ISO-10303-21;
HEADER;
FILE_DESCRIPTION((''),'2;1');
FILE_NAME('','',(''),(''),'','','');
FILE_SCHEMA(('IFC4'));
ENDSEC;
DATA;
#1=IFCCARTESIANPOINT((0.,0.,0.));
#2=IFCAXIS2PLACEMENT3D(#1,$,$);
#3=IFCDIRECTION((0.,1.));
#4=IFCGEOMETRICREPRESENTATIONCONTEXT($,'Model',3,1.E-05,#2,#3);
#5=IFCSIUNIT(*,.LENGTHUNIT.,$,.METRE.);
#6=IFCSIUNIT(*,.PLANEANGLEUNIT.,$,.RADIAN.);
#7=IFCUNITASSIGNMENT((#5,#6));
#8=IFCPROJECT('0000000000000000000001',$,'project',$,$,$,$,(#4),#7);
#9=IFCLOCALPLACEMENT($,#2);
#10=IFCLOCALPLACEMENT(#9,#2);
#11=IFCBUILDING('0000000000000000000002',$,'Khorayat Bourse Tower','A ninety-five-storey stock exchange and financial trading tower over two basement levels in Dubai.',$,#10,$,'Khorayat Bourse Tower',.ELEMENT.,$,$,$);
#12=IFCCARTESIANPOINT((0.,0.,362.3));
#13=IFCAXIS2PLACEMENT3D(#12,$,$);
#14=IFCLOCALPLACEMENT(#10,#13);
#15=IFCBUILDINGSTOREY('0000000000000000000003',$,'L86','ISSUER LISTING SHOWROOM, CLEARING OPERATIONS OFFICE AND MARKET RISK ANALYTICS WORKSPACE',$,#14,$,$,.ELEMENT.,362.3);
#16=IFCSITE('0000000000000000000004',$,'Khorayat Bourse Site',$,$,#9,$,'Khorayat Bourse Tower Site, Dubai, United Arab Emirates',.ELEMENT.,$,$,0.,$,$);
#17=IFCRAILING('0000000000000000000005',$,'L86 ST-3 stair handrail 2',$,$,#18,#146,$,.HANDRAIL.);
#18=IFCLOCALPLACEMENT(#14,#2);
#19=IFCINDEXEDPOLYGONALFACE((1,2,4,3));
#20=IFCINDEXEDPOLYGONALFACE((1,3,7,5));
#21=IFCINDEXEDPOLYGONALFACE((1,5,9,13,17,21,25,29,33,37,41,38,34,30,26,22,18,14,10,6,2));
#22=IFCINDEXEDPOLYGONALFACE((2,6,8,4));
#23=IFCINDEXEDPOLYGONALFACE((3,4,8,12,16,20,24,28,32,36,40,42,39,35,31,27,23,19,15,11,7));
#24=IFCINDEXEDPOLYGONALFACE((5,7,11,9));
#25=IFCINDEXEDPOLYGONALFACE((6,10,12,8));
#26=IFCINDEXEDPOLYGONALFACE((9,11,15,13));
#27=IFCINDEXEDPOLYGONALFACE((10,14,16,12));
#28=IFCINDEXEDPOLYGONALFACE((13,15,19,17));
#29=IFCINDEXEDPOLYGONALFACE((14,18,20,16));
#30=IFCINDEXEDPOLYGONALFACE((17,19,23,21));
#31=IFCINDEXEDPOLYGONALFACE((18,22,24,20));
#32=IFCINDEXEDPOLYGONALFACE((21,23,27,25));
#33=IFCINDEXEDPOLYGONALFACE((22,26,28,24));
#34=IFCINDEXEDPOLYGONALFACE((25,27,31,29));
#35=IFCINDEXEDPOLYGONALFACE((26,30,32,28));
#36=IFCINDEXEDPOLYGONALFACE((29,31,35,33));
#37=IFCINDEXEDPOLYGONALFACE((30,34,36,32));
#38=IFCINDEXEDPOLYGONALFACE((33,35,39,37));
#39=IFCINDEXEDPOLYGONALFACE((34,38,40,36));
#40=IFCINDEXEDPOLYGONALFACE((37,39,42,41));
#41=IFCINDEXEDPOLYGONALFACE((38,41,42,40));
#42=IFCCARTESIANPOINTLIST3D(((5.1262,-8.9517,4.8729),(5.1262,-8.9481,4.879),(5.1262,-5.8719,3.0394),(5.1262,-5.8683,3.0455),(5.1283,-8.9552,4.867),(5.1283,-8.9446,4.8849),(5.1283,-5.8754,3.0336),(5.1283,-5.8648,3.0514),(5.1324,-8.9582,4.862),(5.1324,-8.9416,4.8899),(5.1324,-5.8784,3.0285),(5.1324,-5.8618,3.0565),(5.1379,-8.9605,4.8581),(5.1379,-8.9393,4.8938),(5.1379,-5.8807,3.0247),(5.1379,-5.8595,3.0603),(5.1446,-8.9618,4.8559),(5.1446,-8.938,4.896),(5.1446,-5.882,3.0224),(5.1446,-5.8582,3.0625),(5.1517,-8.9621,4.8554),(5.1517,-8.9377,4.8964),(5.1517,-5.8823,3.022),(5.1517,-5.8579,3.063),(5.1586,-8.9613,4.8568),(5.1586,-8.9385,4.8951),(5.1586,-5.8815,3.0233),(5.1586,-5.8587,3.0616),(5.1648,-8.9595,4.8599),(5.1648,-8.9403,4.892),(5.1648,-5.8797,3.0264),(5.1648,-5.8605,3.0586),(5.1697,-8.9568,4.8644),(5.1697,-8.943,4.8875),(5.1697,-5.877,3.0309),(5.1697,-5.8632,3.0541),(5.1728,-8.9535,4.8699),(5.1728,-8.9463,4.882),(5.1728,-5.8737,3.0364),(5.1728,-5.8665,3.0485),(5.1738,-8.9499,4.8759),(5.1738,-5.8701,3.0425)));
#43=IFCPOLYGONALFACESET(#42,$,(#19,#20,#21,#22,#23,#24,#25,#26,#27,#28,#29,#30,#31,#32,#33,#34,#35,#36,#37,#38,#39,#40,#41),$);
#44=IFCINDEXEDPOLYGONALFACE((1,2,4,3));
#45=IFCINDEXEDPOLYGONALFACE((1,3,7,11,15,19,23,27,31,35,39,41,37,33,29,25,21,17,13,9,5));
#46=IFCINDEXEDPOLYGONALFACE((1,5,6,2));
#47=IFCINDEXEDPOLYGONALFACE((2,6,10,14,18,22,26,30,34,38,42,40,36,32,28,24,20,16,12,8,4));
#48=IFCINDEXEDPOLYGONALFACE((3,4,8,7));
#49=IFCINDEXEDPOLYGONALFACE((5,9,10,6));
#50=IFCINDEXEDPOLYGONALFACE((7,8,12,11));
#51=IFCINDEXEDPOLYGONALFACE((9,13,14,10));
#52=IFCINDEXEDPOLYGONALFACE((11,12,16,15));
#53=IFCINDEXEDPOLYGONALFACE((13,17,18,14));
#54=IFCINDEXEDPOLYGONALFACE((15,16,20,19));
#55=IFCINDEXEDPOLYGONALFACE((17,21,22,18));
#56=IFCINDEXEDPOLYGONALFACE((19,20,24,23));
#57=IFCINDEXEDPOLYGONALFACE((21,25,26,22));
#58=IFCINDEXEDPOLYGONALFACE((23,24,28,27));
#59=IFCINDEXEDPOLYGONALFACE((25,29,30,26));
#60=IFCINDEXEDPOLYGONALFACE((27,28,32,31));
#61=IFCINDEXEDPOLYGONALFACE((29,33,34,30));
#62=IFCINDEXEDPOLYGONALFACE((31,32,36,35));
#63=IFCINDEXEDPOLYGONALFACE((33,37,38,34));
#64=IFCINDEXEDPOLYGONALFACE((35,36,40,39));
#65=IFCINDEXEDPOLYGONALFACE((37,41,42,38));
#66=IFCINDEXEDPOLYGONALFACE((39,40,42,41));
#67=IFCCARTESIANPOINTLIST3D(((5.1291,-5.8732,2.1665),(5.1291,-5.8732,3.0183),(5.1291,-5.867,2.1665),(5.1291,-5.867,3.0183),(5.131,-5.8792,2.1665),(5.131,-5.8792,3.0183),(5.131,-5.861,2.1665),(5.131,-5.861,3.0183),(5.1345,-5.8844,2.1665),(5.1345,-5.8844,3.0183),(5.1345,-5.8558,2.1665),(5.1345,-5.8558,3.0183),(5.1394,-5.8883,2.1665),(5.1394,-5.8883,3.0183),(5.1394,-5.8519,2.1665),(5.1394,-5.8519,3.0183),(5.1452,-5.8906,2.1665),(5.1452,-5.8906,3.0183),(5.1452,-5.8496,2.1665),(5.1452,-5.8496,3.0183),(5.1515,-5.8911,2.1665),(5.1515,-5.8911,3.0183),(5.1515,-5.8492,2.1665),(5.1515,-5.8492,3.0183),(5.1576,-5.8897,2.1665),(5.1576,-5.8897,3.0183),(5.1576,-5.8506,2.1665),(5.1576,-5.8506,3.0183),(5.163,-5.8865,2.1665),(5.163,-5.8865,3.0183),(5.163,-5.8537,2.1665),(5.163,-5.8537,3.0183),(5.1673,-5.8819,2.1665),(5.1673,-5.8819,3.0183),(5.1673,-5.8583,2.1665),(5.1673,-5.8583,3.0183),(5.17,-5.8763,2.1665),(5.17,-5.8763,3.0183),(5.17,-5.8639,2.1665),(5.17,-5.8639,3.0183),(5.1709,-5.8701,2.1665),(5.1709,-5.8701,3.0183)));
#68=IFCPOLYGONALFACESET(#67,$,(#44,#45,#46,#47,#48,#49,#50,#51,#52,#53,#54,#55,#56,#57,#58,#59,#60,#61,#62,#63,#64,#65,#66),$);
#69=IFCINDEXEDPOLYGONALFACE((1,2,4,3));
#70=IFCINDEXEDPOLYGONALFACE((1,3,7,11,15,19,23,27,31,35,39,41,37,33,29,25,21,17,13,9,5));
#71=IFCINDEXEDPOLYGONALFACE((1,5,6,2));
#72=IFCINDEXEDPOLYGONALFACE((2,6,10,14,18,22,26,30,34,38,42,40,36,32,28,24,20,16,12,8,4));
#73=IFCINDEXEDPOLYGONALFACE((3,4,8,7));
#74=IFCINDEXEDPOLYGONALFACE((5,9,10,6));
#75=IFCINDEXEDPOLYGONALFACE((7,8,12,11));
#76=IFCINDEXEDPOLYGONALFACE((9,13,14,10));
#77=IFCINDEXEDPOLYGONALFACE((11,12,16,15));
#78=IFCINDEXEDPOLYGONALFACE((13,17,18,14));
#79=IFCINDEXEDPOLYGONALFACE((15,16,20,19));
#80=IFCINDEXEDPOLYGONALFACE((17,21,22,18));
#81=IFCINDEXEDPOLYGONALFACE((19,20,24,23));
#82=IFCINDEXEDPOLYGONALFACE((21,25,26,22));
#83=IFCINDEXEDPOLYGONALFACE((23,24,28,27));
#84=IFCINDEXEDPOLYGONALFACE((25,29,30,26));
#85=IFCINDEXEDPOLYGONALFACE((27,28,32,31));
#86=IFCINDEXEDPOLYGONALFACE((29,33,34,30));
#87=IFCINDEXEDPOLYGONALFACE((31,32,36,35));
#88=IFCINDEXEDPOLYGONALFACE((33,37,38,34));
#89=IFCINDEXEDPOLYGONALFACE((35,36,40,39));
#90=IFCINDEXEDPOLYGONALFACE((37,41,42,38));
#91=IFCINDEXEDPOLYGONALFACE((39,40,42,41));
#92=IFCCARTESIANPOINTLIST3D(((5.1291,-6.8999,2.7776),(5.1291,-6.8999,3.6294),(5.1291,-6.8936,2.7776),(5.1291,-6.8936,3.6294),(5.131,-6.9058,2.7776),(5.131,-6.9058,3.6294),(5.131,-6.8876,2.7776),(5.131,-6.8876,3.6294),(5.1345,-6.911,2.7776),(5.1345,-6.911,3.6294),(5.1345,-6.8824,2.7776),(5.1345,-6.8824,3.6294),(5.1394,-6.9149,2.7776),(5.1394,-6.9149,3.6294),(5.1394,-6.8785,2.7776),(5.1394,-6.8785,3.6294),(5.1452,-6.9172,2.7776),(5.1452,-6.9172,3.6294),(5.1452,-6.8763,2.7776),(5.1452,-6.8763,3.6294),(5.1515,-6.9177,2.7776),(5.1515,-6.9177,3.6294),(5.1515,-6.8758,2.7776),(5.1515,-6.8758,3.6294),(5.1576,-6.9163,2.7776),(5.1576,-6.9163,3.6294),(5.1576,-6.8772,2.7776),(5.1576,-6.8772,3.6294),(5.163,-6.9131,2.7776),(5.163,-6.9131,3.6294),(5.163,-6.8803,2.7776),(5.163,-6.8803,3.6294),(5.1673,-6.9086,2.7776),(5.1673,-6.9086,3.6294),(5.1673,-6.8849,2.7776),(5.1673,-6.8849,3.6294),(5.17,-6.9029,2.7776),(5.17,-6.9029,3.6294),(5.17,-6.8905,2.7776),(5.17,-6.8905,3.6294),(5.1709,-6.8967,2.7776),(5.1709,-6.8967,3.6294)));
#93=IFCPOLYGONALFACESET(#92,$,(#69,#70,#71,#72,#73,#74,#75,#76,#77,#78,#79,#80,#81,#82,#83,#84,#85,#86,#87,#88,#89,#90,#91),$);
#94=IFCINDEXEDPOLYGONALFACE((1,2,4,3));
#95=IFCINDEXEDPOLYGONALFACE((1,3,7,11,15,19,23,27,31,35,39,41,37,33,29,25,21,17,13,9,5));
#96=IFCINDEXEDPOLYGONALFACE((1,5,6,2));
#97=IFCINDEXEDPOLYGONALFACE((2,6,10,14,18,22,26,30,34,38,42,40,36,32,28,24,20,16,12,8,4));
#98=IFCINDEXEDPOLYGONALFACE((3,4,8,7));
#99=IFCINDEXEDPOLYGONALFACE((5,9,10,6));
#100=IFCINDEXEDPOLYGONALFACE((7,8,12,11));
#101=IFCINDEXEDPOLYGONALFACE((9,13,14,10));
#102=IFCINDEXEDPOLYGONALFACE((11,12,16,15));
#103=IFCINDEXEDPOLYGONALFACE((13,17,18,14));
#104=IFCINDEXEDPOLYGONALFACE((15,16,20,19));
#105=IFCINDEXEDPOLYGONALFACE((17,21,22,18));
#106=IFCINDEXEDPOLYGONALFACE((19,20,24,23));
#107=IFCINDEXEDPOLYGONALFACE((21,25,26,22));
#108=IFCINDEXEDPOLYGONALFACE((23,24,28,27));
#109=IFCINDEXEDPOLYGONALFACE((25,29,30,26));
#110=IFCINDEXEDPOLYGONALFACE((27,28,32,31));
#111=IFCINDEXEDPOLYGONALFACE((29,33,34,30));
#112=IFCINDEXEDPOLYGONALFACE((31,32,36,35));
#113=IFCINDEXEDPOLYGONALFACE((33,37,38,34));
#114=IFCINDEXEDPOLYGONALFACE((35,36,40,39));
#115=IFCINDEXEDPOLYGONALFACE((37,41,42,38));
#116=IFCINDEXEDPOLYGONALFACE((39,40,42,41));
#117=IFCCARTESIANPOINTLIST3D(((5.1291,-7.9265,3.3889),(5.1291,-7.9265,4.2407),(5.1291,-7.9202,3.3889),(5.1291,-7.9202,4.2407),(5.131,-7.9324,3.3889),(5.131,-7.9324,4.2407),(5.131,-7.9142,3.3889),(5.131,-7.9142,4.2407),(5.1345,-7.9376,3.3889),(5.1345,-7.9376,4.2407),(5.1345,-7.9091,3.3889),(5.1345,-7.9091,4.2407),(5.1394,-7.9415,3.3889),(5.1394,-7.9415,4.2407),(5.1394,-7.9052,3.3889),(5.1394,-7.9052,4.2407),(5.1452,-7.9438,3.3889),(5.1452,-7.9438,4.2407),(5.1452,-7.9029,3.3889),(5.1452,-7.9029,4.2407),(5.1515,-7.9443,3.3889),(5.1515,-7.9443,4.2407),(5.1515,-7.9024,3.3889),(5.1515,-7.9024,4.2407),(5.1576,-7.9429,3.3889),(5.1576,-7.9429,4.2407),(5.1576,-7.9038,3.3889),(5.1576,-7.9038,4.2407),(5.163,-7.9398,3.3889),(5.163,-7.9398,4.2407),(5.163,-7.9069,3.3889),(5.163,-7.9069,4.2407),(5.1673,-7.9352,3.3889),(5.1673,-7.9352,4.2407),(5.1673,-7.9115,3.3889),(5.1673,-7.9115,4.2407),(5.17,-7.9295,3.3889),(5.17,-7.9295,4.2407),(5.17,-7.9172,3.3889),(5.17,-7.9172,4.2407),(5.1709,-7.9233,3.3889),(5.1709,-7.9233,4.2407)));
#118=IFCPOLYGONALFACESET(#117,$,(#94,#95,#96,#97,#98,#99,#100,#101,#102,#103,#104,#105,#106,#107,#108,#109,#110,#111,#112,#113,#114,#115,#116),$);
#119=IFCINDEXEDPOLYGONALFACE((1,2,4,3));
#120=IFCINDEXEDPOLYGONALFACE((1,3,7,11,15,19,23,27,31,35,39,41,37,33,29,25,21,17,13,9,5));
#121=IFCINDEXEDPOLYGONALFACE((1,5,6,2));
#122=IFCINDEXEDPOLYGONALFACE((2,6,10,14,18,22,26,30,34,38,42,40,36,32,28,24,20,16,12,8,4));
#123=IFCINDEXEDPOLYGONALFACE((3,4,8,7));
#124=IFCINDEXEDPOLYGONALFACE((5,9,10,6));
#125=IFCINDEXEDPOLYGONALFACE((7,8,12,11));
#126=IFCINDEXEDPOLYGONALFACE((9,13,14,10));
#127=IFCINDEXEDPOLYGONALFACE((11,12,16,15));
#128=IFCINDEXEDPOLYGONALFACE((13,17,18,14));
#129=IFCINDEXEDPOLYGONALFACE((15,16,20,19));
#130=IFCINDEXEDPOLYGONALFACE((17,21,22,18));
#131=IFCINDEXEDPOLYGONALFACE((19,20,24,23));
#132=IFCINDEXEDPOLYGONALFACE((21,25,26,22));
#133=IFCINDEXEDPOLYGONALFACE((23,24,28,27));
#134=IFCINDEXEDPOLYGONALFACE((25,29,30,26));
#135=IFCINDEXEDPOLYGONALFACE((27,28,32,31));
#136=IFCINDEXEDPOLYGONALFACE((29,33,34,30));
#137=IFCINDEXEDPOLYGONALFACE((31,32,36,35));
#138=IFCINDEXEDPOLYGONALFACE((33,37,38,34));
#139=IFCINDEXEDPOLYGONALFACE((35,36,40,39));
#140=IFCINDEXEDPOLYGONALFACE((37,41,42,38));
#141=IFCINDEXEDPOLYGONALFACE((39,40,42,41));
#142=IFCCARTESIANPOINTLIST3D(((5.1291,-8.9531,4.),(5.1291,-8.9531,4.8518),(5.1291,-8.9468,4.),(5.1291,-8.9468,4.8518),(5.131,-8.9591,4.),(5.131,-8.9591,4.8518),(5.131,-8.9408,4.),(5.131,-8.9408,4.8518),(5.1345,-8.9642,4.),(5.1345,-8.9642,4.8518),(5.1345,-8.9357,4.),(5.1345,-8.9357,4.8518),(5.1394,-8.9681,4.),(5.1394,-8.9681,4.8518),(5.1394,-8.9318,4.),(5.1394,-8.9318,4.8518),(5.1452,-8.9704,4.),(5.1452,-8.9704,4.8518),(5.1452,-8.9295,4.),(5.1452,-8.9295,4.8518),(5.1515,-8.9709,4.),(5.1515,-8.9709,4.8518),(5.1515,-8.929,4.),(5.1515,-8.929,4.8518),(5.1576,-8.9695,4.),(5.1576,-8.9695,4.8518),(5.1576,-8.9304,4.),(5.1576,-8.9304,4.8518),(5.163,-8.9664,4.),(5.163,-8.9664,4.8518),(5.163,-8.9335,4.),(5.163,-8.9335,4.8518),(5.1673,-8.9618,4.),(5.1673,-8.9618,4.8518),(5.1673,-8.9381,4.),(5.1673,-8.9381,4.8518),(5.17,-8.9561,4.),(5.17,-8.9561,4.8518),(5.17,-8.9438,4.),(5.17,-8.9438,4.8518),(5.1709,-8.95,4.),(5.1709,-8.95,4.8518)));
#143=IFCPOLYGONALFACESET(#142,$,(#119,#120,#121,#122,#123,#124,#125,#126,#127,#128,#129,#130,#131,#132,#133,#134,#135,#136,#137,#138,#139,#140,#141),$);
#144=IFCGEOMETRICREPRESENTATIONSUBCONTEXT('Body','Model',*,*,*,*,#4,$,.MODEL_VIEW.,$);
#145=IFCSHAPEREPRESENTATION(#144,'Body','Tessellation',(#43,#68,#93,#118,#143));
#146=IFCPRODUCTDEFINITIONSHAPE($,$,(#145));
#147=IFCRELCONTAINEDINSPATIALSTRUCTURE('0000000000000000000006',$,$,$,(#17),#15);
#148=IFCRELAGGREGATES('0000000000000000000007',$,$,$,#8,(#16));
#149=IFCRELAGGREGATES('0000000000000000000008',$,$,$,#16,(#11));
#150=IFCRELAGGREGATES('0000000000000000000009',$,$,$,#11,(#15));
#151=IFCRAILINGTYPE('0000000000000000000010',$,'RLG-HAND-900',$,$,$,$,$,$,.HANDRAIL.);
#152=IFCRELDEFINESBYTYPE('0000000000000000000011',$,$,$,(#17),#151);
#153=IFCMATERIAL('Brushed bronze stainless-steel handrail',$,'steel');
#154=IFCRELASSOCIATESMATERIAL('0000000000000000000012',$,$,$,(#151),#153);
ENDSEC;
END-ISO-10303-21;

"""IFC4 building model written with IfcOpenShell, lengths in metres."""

from ifc_helpers import new_model, si_unit, direction, frame, origin, origin_2d, place, context, subcontext, project, spatial, circle, extrude, source, transform, mapped, material, type_object, element, save


model = new_model("IFC4")

# Units and contexts
model_context = context("Model", 3, precision=1e-05, world=origin(), true_north=direction((0.0, 1.0)))
body_context = subcontext(model_context, "Body", "Model", "MODEL_VIEW")
ifc_project = project(units=[si_unit("LENGTHUNIT", "METRE"), si_unit("PLANEANGLEUNIT", "RADIAN")], contexts=[model_context])

# Site, building, storey
site_placement = place(None, origin())
site = spatial("IfcSite", under=ifc_project, at=site_placement, Name="Khorayat Bourse Site", LongName="Khorayat Bourse Tower Site, Dubai, United Arab Emirates", CompositionType="ELEMENT", RefElevation=0.0)
building_placement = place(site_placement, origin())
building = spatial("IfcBuilding", under=site, at=building_placement, Name="Khorayat Bourse Tower", Description="A ninety-five-storey stock exchange and financial trading tower over two basement levels in Dubai.", LongName="Khorayat Bourse Tower", CompositionType="ELEMENT")
storey_placement = place(building_placement, frame((0.0, 0.0, 362.3)))
storey = spatial("IfcBuildingStorey", under=building, at=storey_placement, Name="L86", Description="ISSUER LISTING SHOWROOM, CLEARING OPERATIONS OFFICE AND MARKET RISK ANALYTICS WORKSPACE", CompositionType="ELEMENT", Elevation=362.3)

# Railing
ifc_material_1 = material(Name="Brushed bronze stainless-steel handrail", Category="steel")
railing_type_1 = type_object("IfcRailingType", Name="RLG-HAND-900", PredefinedType="HANDRAIL", material=ifc_material_1)
shared_shape_1 = source(origin(), body_context, "Body", "SweptSolid", [
    extrude(circle(Radius=0.0239, at=origin_2d()), frame((0.0, 0.0, 0.876), z_axis=(0.0, -0.859261, 0.511538), x_axis=(1.0, 0.0, 0.0)), (0.0, 0.0, 1.0), 3.5842),
    extrude(circle(Radius=0.021, at=origin_2d()), origin(), (0.0, 0.0, 1.0), 0.8518),
    extrude(circle(Radius=0.021, at=origin_2d()), frame((0.0, -1.0266, 0.6111)), (0.0, 0.0, 1.0), 0.8518),
    extrude(circle(Radius=0.021, at=origin_2d()), frame((0.0, -2.0532, 1.2224)), (0.0, 0.0, 1.0), 0.8518),
    extrude(circle(Radius=0.021, at=origin_2d()), frame((0.0, -3.0798, 1.8335)), (0.0, 0.0, 1.0), 0.8518),
])
railing_1_placement = place(storey_placement, frame((5.1499, -5.8701, 2.1665)))
element("IfcRailing", 1, at=railing_1_placement, inside=storey, type_object=railing_type_1, Name="L86 ST-3 stair handrail 2", PredefinedType="HANDRAIL", context=body_context, shape_type="MappedRepresentation", body=[
    mapped(shared_shape_1, transform((0.0, 0.0, 0.0), scale=1.0)),
])

save(model, "model.ifc")
